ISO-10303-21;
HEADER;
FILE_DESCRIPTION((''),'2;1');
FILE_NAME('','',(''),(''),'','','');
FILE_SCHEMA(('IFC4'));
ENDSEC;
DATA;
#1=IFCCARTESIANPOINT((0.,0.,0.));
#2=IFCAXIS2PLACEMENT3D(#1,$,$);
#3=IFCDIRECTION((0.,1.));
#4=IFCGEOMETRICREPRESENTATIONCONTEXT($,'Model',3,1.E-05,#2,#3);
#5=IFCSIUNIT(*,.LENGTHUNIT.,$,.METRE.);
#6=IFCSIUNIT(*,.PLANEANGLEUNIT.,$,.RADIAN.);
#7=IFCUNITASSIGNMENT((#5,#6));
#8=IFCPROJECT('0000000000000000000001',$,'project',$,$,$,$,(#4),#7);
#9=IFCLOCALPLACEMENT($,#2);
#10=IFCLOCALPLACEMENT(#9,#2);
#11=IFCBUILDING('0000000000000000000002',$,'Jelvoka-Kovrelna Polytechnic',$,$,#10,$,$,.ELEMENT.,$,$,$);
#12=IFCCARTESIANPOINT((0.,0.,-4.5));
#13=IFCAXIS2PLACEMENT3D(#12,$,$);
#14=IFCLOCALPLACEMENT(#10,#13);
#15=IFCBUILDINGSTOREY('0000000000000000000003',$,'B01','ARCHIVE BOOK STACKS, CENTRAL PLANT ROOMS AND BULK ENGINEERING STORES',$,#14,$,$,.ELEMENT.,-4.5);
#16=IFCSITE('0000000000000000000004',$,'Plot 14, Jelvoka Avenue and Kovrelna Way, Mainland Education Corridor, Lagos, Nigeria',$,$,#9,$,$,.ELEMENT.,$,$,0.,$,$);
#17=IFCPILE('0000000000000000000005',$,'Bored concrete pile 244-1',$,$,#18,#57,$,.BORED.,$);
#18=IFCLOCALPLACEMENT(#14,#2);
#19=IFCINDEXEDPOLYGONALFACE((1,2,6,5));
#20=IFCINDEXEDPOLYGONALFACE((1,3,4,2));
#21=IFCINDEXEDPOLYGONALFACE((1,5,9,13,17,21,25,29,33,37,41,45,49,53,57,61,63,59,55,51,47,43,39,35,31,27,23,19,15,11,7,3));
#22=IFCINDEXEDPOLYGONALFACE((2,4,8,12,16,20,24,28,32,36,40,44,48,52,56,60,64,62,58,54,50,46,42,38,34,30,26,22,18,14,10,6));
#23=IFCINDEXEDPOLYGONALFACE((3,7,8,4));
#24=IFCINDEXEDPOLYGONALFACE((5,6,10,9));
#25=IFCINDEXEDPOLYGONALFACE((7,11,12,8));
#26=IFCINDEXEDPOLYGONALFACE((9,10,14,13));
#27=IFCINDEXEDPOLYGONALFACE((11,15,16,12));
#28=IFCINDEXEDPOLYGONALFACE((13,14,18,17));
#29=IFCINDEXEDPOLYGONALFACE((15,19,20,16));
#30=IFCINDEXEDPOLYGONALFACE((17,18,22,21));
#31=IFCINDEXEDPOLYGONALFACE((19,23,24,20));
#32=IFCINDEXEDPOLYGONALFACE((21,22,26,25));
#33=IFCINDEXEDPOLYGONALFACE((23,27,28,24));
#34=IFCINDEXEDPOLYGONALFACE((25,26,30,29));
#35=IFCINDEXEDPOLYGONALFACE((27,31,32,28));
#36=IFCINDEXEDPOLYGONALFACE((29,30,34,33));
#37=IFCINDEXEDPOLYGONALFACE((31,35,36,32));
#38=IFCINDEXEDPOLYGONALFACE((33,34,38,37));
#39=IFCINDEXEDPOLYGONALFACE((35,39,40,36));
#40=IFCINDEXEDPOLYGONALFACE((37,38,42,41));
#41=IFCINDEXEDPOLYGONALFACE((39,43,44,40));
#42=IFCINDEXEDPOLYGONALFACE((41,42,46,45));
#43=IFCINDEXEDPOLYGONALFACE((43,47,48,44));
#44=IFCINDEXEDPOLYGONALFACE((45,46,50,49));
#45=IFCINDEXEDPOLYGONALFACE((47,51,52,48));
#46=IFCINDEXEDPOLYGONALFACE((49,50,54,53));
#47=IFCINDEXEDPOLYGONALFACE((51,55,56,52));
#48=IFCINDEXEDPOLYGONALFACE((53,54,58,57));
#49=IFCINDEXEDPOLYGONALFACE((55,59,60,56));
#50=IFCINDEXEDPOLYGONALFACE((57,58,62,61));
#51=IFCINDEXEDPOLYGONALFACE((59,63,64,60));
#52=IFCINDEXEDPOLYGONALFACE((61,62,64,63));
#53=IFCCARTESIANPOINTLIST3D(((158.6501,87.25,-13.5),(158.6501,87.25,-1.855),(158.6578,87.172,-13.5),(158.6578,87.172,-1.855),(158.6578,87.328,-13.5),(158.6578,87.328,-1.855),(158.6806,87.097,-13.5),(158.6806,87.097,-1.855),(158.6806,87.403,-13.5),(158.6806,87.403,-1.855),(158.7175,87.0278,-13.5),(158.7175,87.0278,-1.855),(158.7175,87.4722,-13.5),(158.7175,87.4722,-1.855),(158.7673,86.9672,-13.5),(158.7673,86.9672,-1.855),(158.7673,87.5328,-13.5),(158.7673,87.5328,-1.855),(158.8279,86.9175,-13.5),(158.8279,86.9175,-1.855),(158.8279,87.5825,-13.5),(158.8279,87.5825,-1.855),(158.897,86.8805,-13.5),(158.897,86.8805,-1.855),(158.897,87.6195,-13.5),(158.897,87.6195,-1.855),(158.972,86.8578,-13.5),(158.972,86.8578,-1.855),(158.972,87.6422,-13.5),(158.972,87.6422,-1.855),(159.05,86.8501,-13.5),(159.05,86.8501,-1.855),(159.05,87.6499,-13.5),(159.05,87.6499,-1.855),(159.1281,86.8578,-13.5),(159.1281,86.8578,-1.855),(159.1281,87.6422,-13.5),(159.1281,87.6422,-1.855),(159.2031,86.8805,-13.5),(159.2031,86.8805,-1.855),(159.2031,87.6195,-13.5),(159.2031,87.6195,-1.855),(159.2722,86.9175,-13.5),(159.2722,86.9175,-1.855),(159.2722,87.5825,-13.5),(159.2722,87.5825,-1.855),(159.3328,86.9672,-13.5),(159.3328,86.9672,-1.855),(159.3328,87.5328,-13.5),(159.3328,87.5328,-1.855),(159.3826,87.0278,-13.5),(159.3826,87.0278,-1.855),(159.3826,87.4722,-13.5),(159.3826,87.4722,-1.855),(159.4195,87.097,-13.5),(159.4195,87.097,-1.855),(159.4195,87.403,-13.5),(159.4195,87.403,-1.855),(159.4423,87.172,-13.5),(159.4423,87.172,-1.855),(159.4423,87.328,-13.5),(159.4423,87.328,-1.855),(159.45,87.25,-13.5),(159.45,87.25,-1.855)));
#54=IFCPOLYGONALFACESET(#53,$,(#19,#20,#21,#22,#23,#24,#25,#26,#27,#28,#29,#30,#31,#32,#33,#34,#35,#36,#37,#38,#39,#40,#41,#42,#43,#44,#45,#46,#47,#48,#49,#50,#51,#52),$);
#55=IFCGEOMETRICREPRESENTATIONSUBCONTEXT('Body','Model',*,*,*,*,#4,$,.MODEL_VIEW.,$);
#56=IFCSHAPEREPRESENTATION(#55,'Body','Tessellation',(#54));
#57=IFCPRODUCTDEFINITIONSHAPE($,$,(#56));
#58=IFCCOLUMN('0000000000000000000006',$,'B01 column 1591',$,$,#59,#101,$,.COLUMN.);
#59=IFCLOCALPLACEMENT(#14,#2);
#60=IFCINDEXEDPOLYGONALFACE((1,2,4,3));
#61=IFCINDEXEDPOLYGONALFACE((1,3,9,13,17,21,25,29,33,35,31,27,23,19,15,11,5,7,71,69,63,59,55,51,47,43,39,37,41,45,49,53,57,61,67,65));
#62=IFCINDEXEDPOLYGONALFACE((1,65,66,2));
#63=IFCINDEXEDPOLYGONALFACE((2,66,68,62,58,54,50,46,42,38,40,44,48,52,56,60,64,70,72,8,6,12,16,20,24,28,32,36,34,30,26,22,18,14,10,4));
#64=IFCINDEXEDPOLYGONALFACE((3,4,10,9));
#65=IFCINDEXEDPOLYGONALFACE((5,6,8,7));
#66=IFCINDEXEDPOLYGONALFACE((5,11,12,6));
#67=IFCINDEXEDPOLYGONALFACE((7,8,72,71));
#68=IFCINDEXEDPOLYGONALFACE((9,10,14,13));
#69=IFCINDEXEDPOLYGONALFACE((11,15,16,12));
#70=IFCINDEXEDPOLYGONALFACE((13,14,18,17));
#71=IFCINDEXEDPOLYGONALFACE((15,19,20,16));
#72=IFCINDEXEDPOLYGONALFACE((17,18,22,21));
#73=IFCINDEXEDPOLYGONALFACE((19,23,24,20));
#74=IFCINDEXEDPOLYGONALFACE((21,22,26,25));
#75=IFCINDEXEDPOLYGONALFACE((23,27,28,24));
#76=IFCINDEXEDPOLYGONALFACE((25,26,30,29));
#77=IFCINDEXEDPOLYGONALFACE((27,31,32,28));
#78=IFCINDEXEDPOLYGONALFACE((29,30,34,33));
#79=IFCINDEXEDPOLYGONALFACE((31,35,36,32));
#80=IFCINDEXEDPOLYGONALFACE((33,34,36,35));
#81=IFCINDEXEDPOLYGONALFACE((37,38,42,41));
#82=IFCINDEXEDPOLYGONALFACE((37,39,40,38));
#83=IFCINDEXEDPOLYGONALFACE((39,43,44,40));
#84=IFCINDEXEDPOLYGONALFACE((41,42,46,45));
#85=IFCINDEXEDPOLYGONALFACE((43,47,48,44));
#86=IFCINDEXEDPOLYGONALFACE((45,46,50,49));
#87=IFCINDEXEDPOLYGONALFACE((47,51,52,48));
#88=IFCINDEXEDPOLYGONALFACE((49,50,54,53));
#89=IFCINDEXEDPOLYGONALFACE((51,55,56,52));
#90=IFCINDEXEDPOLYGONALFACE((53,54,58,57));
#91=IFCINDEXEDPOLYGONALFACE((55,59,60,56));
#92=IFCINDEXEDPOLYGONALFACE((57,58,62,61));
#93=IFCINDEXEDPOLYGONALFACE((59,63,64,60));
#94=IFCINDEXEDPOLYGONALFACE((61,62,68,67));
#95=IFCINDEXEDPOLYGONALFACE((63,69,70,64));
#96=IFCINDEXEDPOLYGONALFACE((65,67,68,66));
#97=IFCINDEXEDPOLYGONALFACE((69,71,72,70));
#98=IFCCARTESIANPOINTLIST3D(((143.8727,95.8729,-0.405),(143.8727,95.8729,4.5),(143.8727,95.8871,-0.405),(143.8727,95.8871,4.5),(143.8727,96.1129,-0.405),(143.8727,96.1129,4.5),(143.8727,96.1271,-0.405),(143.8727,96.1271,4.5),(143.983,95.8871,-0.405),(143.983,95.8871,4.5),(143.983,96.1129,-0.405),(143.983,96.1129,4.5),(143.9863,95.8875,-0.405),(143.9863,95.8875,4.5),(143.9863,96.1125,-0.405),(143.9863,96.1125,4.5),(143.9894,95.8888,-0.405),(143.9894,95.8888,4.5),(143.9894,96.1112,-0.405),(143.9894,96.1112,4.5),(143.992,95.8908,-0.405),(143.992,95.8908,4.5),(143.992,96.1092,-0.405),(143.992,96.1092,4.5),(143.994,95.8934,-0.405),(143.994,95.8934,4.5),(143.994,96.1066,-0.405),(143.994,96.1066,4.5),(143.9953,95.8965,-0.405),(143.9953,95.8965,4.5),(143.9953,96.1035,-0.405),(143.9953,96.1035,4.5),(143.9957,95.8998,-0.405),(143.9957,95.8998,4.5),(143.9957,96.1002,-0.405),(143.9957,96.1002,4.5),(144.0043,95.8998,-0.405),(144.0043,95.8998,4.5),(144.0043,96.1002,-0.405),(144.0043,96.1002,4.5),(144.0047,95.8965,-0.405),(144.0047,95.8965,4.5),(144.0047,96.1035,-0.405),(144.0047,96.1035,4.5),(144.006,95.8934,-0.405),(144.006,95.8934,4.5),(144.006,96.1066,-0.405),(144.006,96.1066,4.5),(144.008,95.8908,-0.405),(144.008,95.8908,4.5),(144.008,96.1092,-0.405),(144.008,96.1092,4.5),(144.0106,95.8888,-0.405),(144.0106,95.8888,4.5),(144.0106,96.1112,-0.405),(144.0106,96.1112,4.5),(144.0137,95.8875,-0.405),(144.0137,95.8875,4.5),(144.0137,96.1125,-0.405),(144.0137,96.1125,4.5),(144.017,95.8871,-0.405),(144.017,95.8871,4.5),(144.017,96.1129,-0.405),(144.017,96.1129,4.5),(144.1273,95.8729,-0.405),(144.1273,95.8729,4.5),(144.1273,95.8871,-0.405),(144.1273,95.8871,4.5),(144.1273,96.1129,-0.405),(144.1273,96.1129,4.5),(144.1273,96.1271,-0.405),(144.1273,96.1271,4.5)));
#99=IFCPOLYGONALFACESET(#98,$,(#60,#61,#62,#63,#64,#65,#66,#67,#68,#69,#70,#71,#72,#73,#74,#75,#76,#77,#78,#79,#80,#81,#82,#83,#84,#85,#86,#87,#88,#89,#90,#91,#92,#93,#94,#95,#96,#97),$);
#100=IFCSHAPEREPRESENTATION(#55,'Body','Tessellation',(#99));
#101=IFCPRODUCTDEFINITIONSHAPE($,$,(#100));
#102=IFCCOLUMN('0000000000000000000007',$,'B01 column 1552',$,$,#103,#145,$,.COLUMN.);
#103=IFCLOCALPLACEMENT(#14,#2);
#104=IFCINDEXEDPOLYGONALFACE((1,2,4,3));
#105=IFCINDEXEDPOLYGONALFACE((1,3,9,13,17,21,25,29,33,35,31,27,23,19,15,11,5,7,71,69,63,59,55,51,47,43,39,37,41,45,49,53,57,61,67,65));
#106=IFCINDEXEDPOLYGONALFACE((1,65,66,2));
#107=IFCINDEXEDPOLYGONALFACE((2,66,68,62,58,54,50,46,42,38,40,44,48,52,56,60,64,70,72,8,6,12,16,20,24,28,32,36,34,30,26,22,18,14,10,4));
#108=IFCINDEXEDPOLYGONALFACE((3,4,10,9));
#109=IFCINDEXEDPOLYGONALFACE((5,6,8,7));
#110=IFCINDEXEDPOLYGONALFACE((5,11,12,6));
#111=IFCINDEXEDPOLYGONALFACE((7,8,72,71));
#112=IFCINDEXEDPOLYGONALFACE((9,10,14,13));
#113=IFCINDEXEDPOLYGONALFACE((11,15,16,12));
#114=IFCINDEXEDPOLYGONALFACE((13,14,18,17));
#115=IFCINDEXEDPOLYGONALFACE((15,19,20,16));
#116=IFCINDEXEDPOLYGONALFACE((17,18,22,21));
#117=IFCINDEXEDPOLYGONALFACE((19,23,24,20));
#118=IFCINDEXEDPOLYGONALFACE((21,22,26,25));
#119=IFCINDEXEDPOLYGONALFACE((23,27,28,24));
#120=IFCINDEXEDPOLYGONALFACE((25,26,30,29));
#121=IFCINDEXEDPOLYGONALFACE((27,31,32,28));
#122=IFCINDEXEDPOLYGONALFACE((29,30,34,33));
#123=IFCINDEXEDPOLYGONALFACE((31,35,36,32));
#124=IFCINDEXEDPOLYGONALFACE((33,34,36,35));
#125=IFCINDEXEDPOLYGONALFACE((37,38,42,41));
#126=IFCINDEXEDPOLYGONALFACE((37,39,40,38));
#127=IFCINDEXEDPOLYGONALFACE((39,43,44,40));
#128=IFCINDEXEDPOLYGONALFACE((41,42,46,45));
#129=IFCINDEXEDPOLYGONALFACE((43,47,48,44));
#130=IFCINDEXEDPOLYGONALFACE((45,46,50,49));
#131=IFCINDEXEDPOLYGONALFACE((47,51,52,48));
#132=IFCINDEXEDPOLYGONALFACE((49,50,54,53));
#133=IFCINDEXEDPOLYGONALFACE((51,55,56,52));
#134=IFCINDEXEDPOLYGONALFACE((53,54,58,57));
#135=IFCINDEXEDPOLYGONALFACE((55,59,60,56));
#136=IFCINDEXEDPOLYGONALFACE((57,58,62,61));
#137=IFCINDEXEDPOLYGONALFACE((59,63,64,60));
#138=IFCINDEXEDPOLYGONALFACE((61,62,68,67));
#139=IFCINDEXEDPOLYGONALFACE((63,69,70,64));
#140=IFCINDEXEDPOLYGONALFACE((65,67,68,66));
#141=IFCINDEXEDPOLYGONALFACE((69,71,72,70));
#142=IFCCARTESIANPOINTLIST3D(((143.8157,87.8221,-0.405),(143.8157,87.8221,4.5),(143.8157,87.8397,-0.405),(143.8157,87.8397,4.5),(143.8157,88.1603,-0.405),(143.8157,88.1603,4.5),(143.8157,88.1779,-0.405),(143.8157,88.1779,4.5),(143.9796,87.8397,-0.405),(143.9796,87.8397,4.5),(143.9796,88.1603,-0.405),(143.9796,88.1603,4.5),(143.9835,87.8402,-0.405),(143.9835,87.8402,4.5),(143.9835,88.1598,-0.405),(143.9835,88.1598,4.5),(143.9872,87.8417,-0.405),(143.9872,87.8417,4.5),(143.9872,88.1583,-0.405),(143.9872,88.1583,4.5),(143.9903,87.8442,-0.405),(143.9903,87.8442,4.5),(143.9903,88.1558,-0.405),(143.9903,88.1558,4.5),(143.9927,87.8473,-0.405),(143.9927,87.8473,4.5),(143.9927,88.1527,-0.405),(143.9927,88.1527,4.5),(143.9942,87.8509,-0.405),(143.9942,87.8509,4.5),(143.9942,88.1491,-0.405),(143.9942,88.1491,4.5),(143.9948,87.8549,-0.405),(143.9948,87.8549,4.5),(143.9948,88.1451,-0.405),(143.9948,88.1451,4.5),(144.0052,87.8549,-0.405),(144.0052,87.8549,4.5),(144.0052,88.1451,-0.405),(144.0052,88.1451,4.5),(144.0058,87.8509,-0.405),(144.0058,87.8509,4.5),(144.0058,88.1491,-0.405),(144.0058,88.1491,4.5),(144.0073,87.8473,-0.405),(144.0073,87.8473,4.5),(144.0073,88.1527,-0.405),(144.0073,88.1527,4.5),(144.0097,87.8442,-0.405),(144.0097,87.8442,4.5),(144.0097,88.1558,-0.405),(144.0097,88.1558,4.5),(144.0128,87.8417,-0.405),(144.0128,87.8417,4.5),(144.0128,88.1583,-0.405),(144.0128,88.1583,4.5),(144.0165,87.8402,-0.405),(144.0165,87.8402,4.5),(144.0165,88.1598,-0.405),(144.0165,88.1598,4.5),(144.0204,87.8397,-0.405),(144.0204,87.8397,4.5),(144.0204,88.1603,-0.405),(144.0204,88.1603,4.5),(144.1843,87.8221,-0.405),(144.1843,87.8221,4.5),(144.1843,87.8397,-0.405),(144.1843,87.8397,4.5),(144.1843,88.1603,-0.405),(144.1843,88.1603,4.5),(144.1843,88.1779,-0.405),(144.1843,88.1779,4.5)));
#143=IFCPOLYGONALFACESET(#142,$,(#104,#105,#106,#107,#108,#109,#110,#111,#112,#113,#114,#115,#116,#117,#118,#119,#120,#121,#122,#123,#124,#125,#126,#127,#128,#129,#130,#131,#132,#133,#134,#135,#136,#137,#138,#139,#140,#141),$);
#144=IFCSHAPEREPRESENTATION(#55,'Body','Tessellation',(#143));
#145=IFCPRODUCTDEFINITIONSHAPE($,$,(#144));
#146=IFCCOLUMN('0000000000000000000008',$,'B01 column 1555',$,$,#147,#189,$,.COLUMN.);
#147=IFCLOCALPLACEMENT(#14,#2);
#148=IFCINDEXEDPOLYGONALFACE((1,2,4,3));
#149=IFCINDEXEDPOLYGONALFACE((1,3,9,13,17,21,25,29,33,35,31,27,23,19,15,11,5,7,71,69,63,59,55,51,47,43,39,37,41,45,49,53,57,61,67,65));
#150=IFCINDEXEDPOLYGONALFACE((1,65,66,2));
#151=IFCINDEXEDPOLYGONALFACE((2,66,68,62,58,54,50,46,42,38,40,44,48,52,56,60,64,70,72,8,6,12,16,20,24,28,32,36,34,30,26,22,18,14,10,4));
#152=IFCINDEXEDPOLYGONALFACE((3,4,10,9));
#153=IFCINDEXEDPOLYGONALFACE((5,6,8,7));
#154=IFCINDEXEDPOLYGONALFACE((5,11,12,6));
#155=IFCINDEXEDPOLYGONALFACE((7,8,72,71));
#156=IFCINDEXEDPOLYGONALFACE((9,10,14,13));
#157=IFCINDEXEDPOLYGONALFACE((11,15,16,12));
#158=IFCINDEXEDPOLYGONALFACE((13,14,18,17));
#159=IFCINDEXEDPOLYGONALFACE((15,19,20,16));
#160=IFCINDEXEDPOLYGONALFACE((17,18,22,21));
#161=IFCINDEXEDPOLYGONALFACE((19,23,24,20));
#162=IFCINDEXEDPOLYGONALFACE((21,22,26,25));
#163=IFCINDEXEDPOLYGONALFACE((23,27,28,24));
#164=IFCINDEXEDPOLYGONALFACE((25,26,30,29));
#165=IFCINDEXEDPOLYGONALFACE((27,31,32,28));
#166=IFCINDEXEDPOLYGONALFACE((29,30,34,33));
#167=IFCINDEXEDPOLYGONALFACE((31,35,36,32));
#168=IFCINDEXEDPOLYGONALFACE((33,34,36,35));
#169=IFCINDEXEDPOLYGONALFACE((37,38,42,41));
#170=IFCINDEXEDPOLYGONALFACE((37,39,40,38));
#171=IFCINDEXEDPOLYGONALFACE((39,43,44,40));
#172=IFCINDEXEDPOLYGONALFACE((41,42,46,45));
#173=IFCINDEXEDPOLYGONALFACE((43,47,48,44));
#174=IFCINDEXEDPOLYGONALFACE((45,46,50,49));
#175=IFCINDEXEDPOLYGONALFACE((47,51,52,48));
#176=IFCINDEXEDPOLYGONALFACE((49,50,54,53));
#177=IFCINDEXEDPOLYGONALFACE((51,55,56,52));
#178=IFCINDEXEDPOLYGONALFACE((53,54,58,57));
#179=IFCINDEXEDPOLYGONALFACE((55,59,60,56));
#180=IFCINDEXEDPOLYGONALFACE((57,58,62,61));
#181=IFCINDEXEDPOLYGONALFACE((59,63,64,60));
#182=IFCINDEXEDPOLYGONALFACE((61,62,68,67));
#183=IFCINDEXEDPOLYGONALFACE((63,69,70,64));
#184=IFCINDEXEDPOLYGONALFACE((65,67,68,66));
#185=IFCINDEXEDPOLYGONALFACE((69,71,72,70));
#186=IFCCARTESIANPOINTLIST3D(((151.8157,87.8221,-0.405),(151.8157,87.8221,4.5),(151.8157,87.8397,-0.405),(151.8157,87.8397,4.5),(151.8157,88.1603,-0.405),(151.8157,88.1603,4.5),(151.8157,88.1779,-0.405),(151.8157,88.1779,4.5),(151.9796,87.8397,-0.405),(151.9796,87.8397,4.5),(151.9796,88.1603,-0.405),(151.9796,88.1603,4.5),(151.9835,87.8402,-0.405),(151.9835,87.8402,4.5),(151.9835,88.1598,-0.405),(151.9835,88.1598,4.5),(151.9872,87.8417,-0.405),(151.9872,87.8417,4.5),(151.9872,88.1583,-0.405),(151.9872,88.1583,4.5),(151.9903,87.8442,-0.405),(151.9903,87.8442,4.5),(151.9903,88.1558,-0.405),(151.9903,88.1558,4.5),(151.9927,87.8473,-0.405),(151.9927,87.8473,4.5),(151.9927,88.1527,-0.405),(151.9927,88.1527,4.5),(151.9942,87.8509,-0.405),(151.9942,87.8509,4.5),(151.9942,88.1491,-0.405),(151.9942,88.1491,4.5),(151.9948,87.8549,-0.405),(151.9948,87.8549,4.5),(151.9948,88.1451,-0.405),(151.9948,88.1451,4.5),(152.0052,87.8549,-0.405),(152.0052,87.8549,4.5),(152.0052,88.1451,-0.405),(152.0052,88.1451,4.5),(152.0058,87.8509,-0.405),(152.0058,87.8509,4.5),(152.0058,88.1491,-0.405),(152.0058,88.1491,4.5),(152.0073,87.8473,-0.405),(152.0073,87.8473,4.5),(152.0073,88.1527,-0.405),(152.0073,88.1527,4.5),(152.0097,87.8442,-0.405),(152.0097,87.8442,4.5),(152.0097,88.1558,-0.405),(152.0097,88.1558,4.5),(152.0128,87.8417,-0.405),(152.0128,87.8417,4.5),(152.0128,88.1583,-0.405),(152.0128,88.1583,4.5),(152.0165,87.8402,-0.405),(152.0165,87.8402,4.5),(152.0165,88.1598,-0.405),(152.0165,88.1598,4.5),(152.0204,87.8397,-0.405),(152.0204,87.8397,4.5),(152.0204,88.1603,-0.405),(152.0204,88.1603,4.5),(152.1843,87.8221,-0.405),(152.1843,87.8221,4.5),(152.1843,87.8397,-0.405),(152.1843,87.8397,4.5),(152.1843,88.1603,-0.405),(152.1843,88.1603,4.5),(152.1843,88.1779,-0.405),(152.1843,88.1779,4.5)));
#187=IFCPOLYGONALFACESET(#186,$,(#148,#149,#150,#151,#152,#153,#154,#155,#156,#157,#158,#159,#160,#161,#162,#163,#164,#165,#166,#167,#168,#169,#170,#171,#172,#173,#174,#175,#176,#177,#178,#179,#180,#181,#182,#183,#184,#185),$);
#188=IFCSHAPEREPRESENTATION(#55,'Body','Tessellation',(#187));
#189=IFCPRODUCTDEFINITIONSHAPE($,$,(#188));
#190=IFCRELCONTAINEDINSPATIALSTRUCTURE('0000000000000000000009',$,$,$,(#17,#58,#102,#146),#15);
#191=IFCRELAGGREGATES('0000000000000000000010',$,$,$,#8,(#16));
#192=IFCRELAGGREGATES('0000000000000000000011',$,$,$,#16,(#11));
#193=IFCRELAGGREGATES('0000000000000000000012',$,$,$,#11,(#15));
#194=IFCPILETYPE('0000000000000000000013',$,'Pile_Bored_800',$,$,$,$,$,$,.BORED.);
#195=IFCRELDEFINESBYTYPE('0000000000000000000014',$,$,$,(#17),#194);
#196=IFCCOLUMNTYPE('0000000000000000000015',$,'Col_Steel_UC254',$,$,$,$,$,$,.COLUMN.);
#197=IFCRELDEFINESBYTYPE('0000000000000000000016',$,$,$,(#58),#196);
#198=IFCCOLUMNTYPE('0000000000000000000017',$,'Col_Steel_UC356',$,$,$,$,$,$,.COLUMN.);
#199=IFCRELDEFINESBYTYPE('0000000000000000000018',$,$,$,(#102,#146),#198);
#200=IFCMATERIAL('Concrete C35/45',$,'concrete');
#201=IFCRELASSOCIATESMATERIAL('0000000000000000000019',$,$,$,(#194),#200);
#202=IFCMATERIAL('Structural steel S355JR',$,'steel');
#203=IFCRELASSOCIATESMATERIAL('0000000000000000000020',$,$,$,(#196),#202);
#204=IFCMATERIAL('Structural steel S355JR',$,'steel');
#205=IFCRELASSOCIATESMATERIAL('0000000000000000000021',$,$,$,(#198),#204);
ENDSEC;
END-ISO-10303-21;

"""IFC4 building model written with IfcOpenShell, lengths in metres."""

from ifc_helpers import new_model, si_unit, direction, frame, origin, origin_2d, place, context, subcontext, project, spatial, circle, i_section, extrude, material, material_profile, profile_set, type_object, element, save


model = new_model("IFC4")

# Units and contexts
model_context = context("Model", 3, precision=1e-05, world=origin(), true_north=direction((0.0, 1.0)))
body_context = subcontext(model_context, "Body", "Model", "MODEL_VIEW")
ifc_project = project(units=[si_unit("LENGTHUNIT", "METRE"), si_unit("PLANEANGLEUNIT", "RADIAN")], contexts=[model_context])

# Site, building, storey
site_placement = place(None, origin())
site = spatial("IfcSite", under=ifc_project, at=site_placement, Name="Plot 14, Jelvoka Avenue and Kovrelna Way, Mainland Education Corridor, Lagos, Nigeria", CompositionType="ELEMENT", RefElevation=0.0)
building_placement = place(site_placement, origin())
building = spatial("IfcBuilding", under=site, at=building_placement, Name="Jelvoka-Kovrelna Polytechnic", CompositionType="ELEMENT")
storey_placement = place(building_placement, frame((0.0, 0.0, -4.5)))
storey = spatial("IfcBuildingStorey", under=building, at=storey_placement, Name="B01", Description="ARCHIVE BOOK STACKS, CENTRAL PLANT ROOMS AND BULK ENGINEERING STORES", CompositionType="ELEMENT", Elevation=-4.5)

# Pile
ifc_material_1 = material(Name="Concrete C35/45", Category="concrete")
ifc_material_profile_1 = material_profile(ifc_material_1, circle(Radius=0.3999, at=origin_2d()), Name="PILE D800")
ifc_profile_set_1 = profile_set([ifc_material_profile_1], Name="Concrete C35/45")
pile_type_1 = type_object("IfcPileType", Name="Pile_Bored_800", PredefinedType="BORED", material=ifc_profile_set_1)
pile_1_placement = place(storey_placement, frame((159.05, 87.25, -1.855), z_axis=(0.0, 0.0, -1.0), x_axis=(1.0, 0.0, 0.0)))
element("IfcPile", 1, at=pile_1_placement, inside=storey, type_object=pile_type_1, Name="Bored concrete pile 244-1", PredefinedType="BORED", context=body_context, shape_type="SweptSolid", body=[
    extrude(circle(Radius=0.3999, at=origin_2d()), origin(), (0.0, 0.0, 1.0), 11.645),
])

# Columns
ifc_material_2 = material(Name="Structural steel S355JR", Category="steel")
ifc_material_profile_2 = material_profile(ifc_material_2, i_section(OverallWidth=0.2546, OverallDepth=0.2542, WebThickness=0.0085, FlangeThickness=0.0142, FilletRadius=0.0127, at=origin_2d()), Name="254x254x73 UC")
ifc_profile_set_2 = profile_set([ifc_material_profile_2], Name="Structural steel S355JR")
column_type_1 = type_object("IfcColumnType", Name="Col_Steel_UC254", PredefinedType="COLUMN", material=ifc_profile_set_2)
column_placement = place(storey_placement, frame((144.0, 96.0, -0.405), z_axis=(0.0, 0.0, 1.0), x_axis=(1.0, 0.0, 0.0)))
element("IfcColumn", 2, at=column_placement, inside=storey, type_object=column_type_1, Name="B01 column 1591", PredefinedType="COLUMN", context=body_context, shape_type="SweptSolid", body=[
    extrude(i_section(OverallWidth=0.2546, OverallDepth=0.2542, WebThickness=0.0085, FlangeThickness=0.0142, FilletRadius=0.0127, at=origin_2d()), origin(), (0.0, 0.0, 1.0), 4.905),
])
ifc_material_3 = material(Name="Structural steel S355JR", Category="steel")
ifc_material_profile_3 = material_profile(ifc_material_3, i_section(OverallWidth=0.3687, OverallDepth=0.3557, WebThickness=0.0105, FlangeThickness=0.0176, FilletRadius=0.0151, at=origin_2d()), Name="356x368x129 UC")
ifc_profile_set_3 = profile_set([ifc_material_profile_3], Name="Structural steel S355JR")
column_type_2 = type_object("IfcColumnType", Name="Col_Steel_UC356", PredefinedType="COLUMN", material=ifc_profile_set_3)
for number, where, z_axis, x_axis, name in (
    (3, (144.0, 88.0, -0.405), (0.0, 0.0, 1.0), (1.0, 0.0, 0.0), "B01 column 1552"),
    (4, (152.0, 88.0, -0.405), (0.0, 0.0, 1.0), (1.0, 0.0, 0.0), "B01 column 1555"),
):
    element("IfcColumn", number, at=place(storey_placement, frame(where, z_axis=z_axis, x_axis=x_axis)), inside=storey, type_object=column_type_2, Name=name, PredefinedType="COLUMN", context=body_context, shape_type="SweptSolid", body=[
        extrude(i_section(OverallWidth=0.3687, OverallDepth=0.3557, WebThickness=0.0105, FlangeThickness=0.0176, FilletRadius=0.0151, at=origin_2d()), origin(), (0.0, 0.0, 1.0), 4.905),
    ])

save(model, "model.ifc")
